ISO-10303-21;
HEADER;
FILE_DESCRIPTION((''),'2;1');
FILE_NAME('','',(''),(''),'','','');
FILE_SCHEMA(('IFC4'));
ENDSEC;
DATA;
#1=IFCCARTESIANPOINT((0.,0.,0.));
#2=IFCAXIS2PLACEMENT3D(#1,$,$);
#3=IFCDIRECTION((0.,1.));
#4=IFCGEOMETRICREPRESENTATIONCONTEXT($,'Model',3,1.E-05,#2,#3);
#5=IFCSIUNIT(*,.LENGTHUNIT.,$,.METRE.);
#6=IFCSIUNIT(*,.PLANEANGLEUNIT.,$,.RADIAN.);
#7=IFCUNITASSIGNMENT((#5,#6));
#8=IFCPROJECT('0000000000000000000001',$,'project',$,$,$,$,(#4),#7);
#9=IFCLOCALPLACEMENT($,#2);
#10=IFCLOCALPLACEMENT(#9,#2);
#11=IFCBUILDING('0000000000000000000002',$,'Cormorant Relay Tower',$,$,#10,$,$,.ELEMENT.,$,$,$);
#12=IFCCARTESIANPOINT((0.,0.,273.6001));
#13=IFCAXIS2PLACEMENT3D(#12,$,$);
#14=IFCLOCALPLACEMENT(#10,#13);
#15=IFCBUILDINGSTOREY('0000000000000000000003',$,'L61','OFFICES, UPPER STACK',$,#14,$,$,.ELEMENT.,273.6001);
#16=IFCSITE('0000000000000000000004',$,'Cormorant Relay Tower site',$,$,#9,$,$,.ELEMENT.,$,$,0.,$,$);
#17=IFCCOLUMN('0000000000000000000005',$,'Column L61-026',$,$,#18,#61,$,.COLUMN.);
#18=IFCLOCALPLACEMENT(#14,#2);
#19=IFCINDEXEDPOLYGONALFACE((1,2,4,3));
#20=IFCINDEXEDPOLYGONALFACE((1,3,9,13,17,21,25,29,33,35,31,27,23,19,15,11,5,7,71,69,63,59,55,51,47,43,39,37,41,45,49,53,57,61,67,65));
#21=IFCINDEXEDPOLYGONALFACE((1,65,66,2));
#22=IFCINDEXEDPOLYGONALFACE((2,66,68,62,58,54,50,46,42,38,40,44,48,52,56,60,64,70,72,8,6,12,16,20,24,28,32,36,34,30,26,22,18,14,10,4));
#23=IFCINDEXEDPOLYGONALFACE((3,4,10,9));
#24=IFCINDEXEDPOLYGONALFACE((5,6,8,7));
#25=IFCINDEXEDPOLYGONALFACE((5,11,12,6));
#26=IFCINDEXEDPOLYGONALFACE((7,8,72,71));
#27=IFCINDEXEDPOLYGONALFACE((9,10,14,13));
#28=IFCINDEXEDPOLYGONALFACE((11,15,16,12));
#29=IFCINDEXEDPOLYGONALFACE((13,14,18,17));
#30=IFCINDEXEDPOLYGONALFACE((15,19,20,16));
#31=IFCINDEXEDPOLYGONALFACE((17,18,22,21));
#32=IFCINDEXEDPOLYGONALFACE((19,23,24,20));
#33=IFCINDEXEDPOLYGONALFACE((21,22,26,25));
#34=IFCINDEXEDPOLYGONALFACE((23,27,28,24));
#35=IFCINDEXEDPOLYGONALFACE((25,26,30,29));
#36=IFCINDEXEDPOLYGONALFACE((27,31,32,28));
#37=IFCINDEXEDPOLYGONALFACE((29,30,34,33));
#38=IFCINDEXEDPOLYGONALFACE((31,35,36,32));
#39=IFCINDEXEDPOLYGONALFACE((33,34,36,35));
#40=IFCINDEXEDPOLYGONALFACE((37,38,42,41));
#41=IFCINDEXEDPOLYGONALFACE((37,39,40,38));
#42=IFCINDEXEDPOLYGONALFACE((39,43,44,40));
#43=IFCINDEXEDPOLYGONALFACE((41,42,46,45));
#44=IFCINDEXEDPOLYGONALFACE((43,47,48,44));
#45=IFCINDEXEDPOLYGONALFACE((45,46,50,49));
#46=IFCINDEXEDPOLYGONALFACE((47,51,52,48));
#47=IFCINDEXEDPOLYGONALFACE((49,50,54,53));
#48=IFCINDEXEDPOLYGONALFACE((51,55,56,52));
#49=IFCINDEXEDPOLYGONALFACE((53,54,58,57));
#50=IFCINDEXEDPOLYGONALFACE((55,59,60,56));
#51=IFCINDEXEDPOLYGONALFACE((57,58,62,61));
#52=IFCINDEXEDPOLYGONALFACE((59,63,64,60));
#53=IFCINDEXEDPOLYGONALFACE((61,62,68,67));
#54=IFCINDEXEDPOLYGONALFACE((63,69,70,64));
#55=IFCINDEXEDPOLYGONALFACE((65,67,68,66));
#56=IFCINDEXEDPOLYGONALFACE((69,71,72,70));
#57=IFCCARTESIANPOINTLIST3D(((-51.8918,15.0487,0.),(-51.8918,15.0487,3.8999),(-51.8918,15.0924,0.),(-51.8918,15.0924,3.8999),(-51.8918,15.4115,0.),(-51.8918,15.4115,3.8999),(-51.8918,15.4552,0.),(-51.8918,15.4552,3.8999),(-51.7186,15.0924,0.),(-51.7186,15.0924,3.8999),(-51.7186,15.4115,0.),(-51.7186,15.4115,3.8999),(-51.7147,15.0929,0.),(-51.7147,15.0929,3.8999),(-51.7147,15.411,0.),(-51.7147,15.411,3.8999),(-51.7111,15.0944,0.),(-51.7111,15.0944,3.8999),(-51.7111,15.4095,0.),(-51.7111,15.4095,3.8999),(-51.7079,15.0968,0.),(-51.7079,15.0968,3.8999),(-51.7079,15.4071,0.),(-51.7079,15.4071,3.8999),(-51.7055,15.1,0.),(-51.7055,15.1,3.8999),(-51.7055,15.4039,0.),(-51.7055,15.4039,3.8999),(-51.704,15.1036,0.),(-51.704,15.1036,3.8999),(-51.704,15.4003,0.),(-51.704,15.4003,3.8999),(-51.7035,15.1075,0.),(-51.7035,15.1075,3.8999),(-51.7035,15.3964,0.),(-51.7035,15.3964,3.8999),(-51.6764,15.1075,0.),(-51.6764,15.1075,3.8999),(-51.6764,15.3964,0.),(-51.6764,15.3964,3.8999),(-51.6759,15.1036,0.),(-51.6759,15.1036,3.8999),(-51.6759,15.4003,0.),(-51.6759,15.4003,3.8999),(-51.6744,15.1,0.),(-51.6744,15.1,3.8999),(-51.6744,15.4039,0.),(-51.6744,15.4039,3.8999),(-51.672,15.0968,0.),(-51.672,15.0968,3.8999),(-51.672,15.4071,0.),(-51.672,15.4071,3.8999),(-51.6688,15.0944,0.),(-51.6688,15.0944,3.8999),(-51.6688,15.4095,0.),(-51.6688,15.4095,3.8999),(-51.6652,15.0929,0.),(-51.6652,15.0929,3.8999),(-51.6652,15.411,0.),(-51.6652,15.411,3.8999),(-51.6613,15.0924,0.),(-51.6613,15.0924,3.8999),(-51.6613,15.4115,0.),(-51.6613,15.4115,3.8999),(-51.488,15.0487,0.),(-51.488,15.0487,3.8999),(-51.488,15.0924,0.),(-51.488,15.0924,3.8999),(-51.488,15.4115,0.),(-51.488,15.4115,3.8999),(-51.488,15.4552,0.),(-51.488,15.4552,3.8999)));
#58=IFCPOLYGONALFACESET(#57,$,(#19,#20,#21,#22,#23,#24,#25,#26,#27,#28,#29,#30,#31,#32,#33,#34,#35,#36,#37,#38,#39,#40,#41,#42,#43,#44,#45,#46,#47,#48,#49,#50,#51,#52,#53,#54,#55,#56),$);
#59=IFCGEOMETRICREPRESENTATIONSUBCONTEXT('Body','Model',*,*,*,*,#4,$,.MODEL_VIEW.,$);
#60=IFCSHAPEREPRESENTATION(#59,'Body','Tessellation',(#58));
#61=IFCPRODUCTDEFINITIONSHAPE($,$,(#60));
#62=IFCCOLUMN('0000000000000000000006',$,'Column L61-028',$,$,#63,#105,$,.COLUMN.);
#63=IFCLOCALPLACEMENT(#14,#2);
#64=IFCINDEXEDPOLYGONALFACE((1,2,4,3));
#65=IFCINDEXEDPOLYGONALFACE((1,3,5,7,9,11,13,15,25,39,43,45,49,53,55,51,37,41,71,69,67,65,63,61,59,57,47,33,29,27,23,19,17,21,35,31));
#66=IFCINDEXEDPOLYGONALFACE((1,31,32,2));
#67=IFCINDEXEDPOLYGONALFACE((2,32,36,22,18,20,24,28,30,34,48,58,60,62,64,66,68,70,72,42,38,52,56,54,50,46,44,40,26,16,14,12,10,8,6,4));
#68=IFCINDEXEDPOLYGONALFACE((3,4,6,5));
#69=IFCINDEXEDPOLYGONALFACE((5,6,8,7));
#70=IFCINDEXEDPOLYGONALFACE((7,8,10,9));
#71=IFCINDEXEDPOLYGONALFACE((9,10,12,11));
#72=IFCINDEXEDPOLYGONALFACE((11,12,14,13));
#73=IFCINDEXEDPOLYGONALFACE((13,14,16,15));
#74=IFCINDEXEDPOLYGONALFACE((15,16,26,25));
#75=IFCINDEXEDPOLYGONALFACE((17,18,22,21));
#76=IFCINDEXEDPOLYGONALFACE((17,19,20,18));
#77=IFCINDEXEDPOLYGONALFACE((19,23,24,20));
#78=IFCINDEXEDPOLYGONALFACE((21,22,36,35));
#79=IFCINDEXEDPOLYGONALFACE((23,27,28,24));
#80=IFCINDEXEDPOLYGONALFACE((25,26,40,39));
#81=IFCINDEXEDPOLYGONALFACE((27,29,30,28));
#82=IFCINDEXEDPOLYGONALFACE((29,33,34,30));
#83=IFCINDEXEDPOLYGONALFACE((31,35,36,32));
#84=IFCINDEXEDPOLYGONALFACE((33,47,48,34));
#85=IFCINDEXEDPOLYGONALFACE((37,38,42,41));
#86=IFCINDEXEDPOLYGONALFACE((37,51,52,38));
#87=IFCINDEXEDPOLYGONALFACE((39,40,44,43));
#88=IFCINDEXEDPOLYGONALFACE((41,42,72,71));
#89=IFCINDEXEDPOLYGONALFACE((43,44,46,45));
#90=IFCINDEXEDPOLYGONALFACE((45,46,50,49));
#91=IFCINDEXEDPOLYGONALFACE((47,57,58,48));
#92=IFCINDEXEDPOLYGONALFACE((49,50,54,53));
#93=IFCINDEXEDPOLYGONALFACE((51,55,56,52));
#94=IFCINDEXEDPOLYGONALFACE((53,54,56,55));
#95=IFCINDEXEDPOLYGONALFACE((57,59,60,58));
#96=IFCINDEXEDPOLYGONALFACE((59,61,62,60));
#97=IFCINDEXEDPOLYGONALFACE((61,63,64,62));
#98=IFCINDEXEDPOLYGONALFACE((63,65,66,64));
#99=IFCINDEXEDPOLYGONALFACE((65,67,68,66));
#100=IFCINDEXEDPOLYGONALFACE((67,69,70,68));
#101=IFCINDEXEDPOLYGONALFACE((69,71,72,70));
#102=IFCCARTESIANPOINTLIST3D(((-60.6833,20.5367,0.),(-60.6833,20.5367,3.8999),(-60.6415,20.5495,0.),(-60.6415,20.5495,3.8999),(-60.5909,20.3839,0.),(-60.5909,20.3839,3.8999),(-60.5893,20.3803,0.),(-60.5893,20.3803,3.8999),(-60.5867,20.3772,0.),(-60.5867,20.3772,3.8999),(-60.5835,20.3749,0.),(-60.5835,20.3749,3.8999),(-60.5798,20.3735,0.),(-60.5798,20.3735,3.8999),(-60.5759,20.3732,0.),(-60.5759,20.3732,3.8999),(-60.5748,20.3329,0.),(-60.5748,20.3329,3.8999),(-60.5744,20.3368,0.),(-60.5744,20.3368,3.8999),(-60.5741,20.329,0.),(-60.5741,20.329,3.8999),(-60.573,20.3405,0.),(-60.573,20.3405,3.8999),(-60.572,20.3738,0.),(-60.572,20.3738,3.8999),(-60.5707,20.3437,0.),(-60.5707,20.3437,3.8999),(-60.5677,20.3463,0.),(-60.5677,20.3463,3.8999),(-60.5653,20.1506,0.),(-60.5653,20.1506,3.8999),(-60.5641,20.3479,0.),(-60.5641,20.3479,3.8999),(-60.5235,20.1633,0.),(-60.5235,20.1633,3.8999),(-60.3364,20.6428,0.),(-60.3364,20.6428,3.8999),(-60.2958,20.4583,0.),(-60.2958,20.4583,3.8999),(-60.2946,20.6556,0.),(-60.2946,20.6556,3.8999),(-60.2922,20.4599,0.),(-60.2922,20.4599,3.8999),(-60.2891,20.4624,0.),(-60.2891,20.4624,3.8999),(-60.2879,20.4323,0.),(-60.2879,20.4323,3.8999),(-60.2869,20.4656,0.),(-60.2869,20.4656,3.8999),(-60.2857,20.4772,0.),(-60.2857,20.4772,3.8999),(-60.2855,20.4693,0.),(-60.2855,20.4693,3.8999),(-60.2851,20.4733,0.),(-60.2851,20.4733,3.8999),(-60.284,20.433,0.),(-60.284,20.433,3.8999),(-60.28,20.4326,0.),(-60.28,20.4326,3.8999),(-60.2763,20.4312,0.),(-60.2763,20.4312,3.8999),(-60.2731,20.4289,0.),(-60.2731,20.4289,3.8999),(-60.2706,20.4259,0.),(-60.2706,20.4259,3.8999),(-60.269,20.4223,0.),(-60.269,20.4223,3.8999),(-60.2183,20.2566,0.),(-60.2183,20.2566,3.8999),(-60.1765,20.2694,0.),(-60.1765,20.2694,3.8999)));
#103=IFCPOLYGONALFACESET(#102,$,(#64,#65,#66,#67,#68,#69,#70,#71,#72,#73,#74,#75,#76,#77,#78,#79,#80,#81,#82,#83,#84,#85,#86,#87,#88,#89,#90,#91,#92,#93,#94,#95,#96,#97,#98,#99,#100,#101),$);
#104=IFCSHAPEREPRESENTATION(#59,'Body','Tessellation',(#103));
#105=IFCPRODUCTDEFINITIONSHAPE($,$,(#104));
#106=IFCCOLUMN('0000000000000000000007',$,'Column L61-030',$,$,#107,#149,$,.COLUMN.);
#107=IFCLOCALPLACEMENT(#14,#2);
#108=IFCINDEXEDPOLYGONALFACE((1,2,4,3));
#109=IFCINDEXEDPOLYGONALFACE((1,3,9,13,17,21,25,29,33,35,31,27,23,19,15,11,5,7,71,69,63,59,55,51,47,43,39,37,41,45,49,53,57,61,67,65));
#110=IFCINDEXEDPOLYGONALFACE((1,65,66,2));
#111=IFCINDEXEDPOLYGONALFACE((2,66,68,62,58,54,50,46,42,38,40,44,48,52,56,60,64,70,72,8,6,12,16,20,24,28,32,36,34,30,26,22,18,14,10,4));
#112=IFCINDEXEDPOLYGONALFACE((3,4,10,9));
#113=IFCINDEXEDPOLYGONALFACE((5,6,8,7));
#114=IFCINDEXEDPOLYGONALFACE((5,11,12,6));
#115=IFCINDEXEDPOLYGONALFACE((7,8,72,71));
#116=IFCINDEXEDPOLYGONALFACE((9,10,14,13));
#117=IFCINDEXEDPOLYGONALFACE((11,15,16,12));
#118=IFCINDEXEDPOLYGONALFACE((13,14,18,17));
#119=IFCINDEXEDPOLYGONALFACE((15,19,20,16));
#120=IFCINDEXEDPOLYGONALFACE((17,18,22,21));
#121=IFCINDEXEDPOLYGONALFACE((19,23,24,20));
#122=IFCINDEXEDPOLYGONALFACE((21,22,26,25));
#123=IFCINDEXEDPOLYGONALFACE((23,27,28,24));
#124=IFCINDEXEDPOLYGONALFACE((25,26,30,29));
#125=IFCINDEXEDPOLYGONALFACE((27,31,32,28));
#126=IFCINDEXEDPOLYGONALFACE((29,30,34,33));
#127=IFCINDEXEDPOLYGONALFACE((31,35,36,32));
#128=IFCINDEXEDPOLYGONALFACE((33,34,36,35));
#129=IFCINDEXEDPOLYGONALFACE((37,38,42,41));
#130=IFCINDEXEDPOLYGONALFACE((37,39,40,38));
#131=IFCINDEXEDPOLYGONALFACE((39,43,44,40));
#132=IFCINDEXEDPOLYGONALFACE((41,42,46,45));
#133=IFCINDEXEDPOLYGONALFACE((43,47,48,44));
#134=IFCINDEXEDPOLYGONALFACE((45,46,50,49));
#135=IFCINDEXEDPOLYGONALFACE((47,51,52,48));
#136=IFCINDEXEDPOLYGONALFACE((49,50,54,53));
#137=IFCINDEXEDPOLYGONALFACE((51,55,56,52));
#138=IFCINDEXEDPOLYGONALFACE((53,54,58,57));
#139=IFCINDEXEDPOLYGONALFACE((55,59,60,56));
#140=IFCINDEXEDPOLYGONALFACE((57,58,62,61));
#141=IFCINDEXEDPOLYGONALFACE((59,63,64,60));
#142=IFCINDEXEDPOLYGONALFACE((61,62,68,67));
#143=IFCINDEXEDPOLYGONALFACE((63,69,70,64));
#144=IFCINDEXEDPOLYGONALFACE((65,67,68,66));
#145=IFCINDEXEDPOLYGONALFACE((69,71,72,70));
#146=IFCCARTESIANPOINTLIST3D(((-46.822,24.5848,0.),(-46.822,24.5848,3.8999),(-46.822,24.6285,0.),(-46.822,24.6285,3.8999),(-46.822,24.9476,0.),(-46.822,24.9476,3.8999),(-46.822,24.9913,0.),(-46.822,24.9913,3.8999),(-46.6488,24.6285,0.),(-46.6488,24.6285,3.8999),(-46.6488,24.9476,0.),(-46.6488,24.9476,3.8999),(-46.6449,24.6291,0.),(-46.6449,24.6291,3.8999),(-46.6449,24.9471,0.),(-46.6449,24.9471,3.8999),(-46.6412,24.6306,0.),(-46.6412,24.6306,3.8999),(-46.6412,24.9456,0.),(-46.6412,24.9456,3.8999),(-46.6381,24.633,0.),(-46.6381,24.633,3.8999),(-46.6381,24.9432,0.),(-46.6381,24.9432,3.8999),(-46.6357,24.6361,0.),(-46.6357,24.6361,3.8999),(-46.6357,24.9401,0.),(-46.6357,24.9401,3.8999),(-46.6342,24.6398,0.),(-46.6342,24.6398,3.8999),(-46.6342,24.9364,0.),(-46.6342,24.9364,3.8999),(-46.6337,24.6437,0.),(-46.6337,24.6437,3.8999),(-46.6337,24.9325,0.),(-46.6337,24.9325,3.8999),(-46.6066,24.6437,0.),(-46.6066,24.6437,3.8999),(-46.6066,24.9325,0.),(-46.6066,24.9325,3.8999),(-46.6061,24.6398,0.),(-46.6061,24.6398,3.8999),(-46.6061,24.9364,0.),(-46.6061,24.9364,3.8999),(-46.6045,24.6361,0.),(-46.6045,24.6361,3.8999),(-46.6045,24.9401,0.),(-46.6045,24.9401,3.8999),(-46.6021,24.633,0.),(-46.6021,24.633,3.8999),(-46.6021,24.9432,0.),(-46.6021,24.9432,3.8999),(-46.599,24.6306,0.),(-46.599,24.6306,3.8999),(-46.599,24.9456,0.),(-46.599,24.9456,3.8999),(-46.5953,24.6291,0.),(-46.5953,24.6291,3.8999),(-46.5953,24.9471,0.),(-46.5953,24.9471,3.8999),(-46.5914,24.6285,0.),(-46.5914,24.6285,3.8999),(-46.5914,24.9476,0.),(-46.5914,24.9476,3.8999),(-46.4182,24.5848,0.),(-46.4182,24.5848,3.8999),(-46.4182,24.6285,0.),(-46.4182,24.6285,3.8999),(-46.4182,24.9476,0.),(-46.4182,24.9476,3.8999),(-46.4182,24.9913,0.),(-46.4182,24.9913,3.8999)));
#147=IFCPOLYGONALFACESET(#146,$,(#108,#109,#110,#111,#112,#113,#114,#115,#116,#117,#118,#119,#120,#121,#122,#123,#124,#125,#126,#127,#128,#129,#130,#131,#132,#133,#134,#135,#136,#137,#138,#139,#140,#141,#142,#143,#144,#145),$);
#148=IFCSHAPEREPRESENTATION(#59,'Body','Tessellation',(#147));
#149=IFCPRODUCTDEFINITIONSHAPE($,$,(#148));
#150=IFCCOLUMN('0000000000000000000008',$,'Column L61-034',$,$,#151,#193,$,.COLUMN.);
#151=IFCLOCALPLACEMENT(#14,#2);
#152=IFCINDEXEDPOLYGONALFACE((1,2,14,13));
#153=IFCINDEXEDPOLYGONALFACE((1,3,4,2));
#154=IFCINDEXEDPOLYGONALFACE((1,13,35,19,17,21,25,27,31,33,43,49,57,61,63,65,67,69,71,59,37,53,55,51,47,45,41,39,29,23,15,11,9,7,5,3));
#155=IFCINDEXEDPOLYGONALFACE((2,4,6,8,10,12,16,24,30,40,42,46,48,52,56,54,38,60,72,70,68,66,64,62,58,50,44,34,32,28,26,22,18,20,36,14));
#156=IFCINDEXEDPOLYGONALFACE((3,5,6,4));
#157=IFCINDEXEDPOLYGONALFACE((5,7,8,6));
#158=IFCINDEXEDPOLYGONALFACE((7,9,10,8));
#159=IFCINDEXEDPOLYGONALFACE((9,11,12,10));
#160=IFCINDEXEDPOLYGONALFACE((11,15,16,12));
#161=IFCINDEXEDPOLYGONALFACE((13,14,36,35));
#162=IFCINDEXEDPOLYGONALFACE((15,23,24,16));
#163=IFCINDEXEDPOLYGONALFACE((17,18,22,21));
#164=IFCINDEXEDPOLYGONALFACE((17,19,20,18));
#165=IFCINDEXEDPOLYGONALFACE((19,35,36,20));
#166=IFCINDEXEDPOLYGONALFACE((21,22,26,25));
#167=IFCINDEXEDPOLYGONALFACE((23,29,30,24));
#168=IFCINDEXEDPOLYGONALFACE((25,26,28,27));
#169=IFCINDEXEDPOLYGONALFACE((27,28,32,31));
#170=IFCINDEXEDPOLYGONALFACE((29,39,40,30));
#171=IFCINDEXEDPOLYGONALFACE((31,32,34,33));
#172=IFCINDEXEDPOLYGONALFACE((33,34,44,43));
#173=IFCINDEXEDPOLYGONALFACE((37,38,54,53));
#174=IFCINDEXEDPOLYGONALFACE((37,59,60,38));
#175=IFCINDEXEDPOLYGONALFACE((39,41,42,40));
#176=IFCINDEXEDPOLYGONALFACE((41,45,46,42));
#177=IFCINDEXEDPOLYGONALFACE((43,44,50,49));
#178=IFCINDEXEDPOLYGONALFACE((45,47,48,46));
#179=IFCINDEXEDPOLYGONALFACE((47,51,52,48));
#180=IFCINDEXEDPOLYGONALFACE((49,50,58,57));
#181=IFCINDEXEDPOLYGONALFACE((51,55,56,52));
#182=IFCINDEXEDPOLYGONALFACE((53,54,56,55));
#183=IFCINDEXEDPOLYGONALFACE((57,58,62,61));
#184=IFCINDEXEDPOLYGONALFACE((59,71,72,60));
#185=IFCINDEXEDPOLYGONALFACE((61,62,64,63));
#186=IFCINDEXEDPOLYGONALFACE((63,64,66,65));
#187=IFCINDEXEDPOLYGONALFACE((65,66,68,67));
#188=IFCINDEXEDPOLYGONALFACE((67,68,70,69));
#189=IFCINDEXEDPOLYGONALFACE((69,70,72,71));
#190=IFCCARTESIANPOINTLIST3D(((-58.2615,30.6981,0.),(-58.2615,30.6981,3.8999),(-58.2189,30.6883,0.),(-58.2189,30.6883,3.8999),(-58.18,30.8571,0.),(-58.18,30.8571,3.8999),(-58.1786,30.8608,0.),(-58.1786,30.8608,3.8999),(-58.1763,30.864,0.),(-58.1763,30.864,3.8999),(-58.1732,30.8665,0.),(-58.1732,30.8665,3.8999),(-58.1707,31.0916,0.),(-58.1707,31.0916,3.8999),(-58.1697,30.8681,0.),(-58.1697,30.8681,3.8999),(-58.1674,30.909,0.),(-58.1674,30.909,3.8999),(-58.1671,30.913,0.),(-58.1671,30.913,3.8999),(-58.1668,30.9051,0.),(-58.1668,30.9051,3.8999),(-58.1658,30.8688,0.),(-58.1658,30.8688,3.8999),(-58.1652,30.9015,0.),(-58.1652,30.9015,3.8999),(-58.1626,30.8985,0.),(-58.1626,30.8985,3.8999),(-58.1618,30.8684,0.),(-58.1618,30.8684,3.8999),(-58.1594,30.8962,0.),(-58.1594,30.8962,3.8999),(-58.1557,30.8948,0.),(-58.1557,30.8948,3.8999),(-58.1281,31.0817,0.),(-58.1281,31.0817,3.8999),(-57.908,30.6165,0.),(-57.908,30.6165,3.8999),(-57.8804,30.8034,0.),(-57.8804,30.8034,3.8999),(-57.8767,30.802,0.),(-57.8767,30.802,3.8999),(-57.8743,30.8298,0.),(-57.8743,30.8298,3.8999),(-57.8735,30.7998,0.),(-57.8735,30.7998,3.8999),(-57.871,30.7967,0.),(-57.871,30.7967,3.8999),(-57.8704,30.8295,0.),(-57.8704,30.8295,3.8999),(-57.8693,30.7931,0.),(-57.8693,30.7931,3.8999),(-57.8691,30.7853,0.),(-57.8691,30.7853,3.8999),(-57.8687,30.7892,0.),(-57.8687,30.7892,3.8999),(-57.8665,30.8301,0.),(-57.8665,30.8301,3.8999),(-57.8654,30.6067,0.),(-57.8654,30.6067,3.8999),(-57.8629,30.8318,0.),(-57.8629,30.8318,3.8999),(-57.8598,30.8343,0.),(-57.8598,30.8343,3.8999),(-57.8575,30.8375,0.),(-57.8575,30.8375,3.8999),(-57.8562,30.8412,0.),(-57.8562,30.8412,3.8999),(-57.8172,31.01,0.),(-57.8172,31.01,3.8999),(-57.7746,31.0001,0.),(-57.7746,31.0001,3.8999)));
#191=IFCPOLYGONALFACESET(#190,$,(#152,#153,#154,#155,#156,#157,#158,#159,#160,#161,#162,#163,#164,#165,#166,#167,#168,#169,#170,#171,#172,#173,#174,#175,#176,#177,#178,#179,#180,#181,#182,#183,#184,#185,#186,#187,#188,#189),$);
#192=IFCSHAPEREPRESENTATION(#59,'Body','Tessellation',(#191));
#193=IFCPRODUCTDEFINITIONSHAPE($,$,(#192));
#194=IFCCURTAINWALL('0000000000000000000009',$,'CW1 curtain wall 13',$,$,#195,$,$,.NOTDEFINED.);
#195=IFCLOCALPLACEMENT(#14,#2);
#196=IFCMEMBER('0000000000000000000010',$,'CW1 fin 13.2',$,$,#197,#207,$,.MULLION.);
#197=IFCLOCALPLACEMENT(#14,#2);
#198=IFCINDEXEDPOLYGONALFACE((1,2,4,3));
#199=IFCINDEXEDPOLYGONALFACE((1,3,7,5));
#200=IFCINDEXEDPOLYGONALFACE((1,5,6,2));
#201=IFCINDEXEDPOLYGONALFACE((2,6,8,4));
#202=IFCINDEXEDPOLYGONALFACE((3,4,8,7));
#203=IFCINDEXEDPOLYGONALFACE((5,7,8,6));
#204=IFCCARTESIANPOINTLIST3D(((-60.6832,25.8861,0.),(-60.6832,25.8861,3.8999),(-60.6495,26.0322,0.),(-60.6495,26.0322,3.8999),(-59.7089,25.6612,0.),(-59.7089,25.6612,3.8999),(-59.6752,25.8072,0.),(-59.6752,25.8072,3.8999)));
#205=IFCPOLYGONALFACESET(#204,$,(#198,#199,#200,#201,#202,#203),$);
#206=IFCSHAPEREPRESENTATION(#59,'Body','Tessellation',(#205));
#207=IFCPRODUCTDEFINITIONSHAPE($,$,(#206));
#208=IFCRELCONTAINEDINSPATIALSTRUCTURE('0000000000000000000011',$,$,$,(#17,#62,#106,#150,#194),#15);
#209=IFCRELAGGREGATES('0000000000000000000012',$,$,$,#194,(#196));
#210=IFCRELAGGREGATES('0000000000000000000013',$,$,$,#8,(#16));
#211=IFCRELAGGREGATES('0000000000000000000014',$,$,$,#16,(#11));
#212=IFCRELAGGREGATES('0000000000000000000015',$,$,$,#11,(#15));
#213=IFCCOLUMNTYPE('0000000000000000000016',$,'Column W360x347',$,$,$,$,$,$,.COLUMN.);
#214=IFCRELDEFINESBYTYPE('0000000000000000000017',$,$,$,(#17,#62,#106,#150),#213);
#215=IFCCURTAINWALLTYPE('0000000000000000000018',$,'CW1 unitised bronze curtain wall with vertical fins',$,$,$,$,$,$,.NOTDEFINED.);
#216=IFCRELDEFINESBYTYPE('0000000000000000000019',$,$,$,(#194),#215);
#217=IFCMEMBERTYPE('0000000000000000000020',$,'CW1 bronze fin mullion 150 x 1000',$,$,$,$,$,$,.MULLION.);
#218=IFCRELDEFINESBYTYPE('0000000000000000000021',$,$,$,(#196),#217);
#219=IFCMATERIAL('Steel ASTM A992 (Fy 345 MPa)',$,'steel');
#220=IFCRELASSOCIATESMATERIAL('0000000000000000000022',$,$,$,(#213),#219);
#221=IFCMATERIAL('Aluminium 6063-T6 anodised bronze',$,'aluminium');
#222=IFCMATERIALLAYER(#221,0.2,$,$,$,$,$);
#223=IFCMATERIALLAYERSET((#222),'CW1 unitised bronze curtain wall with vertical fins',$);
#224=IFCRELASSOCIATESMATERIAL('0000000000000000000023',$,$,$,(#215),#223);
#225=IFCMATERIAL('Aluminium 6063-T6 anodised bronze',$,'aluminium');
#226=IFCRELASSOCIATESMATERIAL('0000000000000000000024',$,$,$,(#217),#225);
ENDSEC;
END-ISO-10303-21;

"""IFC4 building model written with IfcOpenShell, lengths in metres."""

from ifc_helpers import new_model, si_unit, direction, frame, origin, origin_2d, place, context, subcontext, project, spatial, rectangle, i_section, extrude, material, layer, layer_set, material_profile, profile_set, type_object, element, aggregate, save


model = new_model("IFC4")

# Units and contexts
model_context = context("Model", 3, precision=1e-05, world=origin(), true_north=direction((0.0, 1.0)))
body_context = subcontext(model_context, "Body", "Model", "MODEL_VIEW")
ifc_project = project(units=[si_unit("LENGTHUNIT", "METRE"), si_unit("PLANEANGLEUNIT", "RADIAN")], contexts=[model_context])

# Site, building, storey
site_placement = place(None, origin())
site = spatial("IfcSite", under=ifc_project, at=site_placement, Name="Cormorant Relay Tower site", CompositionType="ELEMENT", RefElevation=0.0)
building_placement = place(site_placement, origin())
building = spatial("IfcBuilding", under=site, at=building_placement, Name="Cormorant Relay Tower", CompositionType="ELEMENT")
storey_placement = place(building_placement, frame((0.0, 0.0, 273.6001)))
storey = spatial("IfcBuildingStorey", under=building, at=storey_placement, Name="L61", Description="OFFICES, UPPER STACK", CompositionType="ELEMENT", Elevation=273.6001)

# Columns
ifc_material_1 = material(Name="Steel ASTM A992 (Fy 345 MPa)", Category="steel")
ifc_material_profile_1 = material_profile(ifc_material_1, i_section(OverallWidth=0.4038, OverallDepth=0.4065, WebThickness=0.0271, FlangeThickness=0.0437, FilletRadius=0.0151, at=origin_2d()), Name="W360x347")
ifc_profile_set_1 = profile_set([ifc_material_profile_1], Name="Steel ASTM A992 (Fy 345 MPa)")
column_type = type_object("IfcColumnType", Name="Column W360x347", PredefinedType="COLUMN", material=ifc_profile_set_1)
for number, where, z_axis, x_axis, name in (
    (1, (-51.6899, 15.252, 0.0), (0.0, 0.0, 1.0), (1.0, 0.0, 0.0), "Column L61-026"),
    (2, (-60.4299, 20.4031, 0.0), (0.0, 0.0, 1.0), (0.292372, -0.956305, 0.0), "Column L61-028"),
    (3, (-46.6201, 24.7881, 0.0), (0.0, 0.0, 1.0), (1.0, 0.0, 0.0), "Column L61-030"),
    (4, (-58.0181, 30.8491, 0.0), (0.0, 0.0, 1.0), (-0.224951, -0.97437, 0.0), "Column L61-034"),
):
    element("IfcColumn", number, at=place(storey_placement, frame(where, z_axis=z_axis, x_axis=x_axis)), inside=storey, type_object=column_type, Name=name, PredefinedType="COLUMN", context=body_context, shape_type="SweptSolid", body=[
        extrude(i_section(OverallWidth=0.4038, OverallDepth=0.4065, WebThickness=0.0271, FlangeThickness=0.0437, FilletRadius=0.0151, at=origin_2d()), origin(), (0.0, 0.0, 1.0), 3.8999),
    ])

# Curtain wall, member
ifc_material_2 = material(Name="Aluminium 6063-T6 anodised bronze", Category="aluminium")
ifc_layer_1 = layer(ifc_material_2, 0.2)
ifc_layer_set_1 = layer_set([ifc_layer_1], Name="CW1 unitised bronze curtain wall with vertical fins")
curtain_wall_type = type_object("IfcCurtainWallType", Name="CW1 unitised bronze curtain wall with vertical fins", PredefinedType="NOTDEFINED", material=ifc_layer_set_1)
curtain_wall_1_placement = place(storey_placement, origin())
curtain_wall_1 = element("IfcCurtainWall", 5, at=curtain_wall_1_placement, inside=storey, type_object=curtain_wall_type, Name="CW1 curtain wall 13", PredefinedType="NOTDEFINED")
ifc_material_3 = material(Name="Aluminium 6063-T6 anodised bronze", Category="aluminium")
ifc_material_profile_2 = material_profile(ifc_material_3, rectangle(XDim=0.1499, YDim=1.0, at=origin_2d()), Name="AL 150x1000")
ifc_profile_set_2 = profile_set([ifc_material_profile_2], Name="Aluminium 6063-T6 anodised bronze")
member_type_1 = type_object("IfcMemberType", Name="CW1 bronze fin mullion 150 x 1000", PredefinedType="MULLION", material=ifc_profile_set_2)
member_1_placement = place(storey_placement, frame((-60.1792, 25.8467, 0.0), z_axis=(0.0, 0.0, 1.0), x_axis=(-0.224951, -0.97437, 0.0)))
member_1 = element("IfcMember", 6, at=member_1_placement, type_object=member_type_1, Name="CW1 fin 13.2", PredefinedType="MULLION", context=body_context, shape_type="SweptSolid", body=[
    extrude(rectangle(XDim=0.1499, YDim=1.0, at=origin_2d()), origin(), (0.0, 0.0, 1.0), 3.8999),
])

aggregate(curtain_wall_1, [member_1])

save(model, "model.ifc")
